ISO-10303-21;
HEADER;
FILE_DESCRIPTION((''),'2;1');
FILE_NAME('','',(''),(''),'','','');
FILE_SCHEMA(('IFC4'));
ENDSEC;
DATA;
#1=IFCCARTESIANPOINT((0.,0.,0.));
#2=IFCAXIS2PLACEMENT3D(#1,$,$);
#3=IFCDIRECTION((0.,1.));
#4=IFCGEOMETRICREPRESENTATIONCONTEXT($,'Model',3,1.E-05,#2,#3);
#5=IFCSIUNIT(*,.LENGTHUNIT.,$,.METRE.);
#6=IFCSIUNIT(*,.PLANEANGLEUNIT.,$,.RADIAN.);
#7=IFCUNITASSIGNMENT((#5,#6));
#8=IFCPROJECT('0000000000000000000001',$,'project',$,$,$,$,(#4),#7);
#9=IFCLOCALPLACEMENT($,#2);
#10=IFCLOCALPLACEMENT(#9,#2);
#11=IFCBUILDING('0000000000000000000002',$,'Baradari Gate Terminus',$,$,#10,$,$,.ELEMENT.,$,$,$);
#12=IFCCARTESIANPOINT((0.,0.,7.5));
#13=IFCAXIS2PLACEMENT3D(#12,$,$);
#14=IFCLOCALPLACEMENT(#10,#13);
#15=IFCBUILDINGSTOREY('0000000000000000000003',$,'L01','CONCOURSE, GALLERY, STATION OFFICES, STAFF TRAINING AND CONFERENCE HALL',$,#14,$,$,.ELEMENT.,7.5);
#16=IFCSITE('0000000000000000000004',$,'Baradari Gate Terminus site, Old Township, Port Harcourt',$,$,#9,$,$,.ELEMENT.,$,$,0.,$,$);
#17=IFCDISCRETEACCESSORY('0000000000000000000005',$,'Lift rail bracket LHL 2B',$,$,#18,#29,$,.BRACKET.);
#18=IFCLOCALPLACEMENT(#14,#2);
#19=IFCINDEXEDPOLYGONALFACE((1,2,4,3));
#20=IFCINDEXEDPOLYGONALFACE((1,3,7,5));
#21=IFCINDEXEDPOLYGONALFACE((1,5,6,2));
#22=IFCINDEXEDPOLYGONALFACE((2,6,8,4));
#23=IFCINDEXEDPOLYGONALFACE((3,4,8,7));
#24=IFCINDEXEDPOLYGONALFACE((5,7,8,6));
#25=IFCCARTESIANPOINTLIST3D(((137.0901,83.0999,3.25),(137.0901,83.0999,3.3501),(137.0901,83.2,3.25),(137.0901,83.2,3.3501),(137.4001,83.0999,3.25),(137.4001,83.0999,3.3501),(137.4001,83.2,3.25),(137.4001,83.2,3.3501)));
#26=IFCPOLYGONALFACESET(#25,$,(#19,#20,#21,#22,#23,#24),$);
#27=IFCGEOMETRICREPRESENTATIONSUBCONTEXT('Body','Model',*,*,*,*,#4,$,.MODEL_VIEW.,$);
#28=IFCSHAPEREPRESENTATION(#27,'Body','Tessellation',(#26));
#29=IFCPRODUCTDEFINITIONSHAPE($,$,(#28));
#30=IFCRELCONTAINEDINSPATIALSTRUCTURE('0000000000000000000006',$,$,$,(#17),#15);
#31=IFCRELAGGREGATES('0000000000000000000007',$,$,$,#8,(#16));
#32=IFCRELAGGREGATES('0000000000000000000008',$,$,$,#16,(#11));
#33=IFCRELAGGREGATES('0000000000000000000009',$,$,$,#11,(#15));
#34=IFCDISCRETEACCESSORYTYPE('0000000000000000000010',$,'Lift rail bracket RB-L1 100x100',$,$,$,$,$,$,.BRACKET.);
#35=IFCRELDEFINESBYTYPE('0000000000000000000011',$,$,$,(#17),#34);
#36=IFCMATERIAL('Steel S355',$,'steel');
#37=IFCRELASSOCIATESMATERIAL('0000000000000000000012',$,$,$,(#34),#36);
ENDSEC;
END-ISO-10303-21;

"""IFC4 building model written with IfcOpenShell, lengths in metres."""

from ifc_helpers import new_model, si_unit, direction, frame, origin, origin_2d, place, context, subcontext, project, spatial, rectangle, extrude, material, type_object, element, save


model = new_model("IFC4")

# Units and contexts
model_context = context("Model", 3, precision=1e-05, world=origin(), true_north=direction((0.0, 1.0)))
body_context = subcontext(model_context, "Body", "Model", "MODEL_VIEW")
ifc_project = project(units=[si_unit("LENGTHUNIT", "METRE"), si_unit("PLANEANGLEUNIT", "RADIAN")], contexts=[model_context])

# Site, building, storey
site_placement = place(None, origin())
site = spatial("IfcSite", under=ifc_project, at=site_placement, Name="Baradari Gate Terminus site, Old Township, Port Harcourt", CompositionType="ELEMENT", RefElevation=0.0)
building_placement = place(site_placement, origin())
building = spatial("IfcBuilding", under=site, at=building_placement, Name="Baradari Gate Terminus", CompositionType="ELEMENT")
storey_placement = place(building_placement, frame((0.0, 0.0, 7.5)))
storey = spatial("IfcBuildingStorey", under=building, at=storey_placement, Name="L01", Description="CONCOURSE, GALLERY, STATION OFFICES, STAFF TRAINING AND CONFERENCE HALL", CompositionType="ELEMENT", Elevation=7.5)

# Discrete accessory
ifc_material_1 = material(Name="Steel S355", Category="steel")
discrete_accessory_type_1 = type_object("IfcDiscreteAccessoryType", Name="Lift rail bracket RB-L1 100x100", PredefinedType="BRACKET", material=ifc_material_1)
discrete_accessory_1_placement = place(storey_placement, frame((137.2451, 83.1499, 3.25), z_axis=(0.0, 0.0, 1.0), x_axis=(1.0, 0.0, 0.0)))
element("IfcDiscreteAccessory", 1, at=discrete_accessory_1_placement, inside=storey, type_object=discrete_accessory_type_1, Name="Lift rail bracket LHL 2B", PredefinedType="BRACKET", context=body_context, shape_type="SweptSolid", body=[
    extrude(rectangle(XDim=0.3101, YDim=0.1001, at=origin_2d()), origin(), (0.0, 0.0, 1.0), 0.1001),
])

save(model, "model.ifc")
